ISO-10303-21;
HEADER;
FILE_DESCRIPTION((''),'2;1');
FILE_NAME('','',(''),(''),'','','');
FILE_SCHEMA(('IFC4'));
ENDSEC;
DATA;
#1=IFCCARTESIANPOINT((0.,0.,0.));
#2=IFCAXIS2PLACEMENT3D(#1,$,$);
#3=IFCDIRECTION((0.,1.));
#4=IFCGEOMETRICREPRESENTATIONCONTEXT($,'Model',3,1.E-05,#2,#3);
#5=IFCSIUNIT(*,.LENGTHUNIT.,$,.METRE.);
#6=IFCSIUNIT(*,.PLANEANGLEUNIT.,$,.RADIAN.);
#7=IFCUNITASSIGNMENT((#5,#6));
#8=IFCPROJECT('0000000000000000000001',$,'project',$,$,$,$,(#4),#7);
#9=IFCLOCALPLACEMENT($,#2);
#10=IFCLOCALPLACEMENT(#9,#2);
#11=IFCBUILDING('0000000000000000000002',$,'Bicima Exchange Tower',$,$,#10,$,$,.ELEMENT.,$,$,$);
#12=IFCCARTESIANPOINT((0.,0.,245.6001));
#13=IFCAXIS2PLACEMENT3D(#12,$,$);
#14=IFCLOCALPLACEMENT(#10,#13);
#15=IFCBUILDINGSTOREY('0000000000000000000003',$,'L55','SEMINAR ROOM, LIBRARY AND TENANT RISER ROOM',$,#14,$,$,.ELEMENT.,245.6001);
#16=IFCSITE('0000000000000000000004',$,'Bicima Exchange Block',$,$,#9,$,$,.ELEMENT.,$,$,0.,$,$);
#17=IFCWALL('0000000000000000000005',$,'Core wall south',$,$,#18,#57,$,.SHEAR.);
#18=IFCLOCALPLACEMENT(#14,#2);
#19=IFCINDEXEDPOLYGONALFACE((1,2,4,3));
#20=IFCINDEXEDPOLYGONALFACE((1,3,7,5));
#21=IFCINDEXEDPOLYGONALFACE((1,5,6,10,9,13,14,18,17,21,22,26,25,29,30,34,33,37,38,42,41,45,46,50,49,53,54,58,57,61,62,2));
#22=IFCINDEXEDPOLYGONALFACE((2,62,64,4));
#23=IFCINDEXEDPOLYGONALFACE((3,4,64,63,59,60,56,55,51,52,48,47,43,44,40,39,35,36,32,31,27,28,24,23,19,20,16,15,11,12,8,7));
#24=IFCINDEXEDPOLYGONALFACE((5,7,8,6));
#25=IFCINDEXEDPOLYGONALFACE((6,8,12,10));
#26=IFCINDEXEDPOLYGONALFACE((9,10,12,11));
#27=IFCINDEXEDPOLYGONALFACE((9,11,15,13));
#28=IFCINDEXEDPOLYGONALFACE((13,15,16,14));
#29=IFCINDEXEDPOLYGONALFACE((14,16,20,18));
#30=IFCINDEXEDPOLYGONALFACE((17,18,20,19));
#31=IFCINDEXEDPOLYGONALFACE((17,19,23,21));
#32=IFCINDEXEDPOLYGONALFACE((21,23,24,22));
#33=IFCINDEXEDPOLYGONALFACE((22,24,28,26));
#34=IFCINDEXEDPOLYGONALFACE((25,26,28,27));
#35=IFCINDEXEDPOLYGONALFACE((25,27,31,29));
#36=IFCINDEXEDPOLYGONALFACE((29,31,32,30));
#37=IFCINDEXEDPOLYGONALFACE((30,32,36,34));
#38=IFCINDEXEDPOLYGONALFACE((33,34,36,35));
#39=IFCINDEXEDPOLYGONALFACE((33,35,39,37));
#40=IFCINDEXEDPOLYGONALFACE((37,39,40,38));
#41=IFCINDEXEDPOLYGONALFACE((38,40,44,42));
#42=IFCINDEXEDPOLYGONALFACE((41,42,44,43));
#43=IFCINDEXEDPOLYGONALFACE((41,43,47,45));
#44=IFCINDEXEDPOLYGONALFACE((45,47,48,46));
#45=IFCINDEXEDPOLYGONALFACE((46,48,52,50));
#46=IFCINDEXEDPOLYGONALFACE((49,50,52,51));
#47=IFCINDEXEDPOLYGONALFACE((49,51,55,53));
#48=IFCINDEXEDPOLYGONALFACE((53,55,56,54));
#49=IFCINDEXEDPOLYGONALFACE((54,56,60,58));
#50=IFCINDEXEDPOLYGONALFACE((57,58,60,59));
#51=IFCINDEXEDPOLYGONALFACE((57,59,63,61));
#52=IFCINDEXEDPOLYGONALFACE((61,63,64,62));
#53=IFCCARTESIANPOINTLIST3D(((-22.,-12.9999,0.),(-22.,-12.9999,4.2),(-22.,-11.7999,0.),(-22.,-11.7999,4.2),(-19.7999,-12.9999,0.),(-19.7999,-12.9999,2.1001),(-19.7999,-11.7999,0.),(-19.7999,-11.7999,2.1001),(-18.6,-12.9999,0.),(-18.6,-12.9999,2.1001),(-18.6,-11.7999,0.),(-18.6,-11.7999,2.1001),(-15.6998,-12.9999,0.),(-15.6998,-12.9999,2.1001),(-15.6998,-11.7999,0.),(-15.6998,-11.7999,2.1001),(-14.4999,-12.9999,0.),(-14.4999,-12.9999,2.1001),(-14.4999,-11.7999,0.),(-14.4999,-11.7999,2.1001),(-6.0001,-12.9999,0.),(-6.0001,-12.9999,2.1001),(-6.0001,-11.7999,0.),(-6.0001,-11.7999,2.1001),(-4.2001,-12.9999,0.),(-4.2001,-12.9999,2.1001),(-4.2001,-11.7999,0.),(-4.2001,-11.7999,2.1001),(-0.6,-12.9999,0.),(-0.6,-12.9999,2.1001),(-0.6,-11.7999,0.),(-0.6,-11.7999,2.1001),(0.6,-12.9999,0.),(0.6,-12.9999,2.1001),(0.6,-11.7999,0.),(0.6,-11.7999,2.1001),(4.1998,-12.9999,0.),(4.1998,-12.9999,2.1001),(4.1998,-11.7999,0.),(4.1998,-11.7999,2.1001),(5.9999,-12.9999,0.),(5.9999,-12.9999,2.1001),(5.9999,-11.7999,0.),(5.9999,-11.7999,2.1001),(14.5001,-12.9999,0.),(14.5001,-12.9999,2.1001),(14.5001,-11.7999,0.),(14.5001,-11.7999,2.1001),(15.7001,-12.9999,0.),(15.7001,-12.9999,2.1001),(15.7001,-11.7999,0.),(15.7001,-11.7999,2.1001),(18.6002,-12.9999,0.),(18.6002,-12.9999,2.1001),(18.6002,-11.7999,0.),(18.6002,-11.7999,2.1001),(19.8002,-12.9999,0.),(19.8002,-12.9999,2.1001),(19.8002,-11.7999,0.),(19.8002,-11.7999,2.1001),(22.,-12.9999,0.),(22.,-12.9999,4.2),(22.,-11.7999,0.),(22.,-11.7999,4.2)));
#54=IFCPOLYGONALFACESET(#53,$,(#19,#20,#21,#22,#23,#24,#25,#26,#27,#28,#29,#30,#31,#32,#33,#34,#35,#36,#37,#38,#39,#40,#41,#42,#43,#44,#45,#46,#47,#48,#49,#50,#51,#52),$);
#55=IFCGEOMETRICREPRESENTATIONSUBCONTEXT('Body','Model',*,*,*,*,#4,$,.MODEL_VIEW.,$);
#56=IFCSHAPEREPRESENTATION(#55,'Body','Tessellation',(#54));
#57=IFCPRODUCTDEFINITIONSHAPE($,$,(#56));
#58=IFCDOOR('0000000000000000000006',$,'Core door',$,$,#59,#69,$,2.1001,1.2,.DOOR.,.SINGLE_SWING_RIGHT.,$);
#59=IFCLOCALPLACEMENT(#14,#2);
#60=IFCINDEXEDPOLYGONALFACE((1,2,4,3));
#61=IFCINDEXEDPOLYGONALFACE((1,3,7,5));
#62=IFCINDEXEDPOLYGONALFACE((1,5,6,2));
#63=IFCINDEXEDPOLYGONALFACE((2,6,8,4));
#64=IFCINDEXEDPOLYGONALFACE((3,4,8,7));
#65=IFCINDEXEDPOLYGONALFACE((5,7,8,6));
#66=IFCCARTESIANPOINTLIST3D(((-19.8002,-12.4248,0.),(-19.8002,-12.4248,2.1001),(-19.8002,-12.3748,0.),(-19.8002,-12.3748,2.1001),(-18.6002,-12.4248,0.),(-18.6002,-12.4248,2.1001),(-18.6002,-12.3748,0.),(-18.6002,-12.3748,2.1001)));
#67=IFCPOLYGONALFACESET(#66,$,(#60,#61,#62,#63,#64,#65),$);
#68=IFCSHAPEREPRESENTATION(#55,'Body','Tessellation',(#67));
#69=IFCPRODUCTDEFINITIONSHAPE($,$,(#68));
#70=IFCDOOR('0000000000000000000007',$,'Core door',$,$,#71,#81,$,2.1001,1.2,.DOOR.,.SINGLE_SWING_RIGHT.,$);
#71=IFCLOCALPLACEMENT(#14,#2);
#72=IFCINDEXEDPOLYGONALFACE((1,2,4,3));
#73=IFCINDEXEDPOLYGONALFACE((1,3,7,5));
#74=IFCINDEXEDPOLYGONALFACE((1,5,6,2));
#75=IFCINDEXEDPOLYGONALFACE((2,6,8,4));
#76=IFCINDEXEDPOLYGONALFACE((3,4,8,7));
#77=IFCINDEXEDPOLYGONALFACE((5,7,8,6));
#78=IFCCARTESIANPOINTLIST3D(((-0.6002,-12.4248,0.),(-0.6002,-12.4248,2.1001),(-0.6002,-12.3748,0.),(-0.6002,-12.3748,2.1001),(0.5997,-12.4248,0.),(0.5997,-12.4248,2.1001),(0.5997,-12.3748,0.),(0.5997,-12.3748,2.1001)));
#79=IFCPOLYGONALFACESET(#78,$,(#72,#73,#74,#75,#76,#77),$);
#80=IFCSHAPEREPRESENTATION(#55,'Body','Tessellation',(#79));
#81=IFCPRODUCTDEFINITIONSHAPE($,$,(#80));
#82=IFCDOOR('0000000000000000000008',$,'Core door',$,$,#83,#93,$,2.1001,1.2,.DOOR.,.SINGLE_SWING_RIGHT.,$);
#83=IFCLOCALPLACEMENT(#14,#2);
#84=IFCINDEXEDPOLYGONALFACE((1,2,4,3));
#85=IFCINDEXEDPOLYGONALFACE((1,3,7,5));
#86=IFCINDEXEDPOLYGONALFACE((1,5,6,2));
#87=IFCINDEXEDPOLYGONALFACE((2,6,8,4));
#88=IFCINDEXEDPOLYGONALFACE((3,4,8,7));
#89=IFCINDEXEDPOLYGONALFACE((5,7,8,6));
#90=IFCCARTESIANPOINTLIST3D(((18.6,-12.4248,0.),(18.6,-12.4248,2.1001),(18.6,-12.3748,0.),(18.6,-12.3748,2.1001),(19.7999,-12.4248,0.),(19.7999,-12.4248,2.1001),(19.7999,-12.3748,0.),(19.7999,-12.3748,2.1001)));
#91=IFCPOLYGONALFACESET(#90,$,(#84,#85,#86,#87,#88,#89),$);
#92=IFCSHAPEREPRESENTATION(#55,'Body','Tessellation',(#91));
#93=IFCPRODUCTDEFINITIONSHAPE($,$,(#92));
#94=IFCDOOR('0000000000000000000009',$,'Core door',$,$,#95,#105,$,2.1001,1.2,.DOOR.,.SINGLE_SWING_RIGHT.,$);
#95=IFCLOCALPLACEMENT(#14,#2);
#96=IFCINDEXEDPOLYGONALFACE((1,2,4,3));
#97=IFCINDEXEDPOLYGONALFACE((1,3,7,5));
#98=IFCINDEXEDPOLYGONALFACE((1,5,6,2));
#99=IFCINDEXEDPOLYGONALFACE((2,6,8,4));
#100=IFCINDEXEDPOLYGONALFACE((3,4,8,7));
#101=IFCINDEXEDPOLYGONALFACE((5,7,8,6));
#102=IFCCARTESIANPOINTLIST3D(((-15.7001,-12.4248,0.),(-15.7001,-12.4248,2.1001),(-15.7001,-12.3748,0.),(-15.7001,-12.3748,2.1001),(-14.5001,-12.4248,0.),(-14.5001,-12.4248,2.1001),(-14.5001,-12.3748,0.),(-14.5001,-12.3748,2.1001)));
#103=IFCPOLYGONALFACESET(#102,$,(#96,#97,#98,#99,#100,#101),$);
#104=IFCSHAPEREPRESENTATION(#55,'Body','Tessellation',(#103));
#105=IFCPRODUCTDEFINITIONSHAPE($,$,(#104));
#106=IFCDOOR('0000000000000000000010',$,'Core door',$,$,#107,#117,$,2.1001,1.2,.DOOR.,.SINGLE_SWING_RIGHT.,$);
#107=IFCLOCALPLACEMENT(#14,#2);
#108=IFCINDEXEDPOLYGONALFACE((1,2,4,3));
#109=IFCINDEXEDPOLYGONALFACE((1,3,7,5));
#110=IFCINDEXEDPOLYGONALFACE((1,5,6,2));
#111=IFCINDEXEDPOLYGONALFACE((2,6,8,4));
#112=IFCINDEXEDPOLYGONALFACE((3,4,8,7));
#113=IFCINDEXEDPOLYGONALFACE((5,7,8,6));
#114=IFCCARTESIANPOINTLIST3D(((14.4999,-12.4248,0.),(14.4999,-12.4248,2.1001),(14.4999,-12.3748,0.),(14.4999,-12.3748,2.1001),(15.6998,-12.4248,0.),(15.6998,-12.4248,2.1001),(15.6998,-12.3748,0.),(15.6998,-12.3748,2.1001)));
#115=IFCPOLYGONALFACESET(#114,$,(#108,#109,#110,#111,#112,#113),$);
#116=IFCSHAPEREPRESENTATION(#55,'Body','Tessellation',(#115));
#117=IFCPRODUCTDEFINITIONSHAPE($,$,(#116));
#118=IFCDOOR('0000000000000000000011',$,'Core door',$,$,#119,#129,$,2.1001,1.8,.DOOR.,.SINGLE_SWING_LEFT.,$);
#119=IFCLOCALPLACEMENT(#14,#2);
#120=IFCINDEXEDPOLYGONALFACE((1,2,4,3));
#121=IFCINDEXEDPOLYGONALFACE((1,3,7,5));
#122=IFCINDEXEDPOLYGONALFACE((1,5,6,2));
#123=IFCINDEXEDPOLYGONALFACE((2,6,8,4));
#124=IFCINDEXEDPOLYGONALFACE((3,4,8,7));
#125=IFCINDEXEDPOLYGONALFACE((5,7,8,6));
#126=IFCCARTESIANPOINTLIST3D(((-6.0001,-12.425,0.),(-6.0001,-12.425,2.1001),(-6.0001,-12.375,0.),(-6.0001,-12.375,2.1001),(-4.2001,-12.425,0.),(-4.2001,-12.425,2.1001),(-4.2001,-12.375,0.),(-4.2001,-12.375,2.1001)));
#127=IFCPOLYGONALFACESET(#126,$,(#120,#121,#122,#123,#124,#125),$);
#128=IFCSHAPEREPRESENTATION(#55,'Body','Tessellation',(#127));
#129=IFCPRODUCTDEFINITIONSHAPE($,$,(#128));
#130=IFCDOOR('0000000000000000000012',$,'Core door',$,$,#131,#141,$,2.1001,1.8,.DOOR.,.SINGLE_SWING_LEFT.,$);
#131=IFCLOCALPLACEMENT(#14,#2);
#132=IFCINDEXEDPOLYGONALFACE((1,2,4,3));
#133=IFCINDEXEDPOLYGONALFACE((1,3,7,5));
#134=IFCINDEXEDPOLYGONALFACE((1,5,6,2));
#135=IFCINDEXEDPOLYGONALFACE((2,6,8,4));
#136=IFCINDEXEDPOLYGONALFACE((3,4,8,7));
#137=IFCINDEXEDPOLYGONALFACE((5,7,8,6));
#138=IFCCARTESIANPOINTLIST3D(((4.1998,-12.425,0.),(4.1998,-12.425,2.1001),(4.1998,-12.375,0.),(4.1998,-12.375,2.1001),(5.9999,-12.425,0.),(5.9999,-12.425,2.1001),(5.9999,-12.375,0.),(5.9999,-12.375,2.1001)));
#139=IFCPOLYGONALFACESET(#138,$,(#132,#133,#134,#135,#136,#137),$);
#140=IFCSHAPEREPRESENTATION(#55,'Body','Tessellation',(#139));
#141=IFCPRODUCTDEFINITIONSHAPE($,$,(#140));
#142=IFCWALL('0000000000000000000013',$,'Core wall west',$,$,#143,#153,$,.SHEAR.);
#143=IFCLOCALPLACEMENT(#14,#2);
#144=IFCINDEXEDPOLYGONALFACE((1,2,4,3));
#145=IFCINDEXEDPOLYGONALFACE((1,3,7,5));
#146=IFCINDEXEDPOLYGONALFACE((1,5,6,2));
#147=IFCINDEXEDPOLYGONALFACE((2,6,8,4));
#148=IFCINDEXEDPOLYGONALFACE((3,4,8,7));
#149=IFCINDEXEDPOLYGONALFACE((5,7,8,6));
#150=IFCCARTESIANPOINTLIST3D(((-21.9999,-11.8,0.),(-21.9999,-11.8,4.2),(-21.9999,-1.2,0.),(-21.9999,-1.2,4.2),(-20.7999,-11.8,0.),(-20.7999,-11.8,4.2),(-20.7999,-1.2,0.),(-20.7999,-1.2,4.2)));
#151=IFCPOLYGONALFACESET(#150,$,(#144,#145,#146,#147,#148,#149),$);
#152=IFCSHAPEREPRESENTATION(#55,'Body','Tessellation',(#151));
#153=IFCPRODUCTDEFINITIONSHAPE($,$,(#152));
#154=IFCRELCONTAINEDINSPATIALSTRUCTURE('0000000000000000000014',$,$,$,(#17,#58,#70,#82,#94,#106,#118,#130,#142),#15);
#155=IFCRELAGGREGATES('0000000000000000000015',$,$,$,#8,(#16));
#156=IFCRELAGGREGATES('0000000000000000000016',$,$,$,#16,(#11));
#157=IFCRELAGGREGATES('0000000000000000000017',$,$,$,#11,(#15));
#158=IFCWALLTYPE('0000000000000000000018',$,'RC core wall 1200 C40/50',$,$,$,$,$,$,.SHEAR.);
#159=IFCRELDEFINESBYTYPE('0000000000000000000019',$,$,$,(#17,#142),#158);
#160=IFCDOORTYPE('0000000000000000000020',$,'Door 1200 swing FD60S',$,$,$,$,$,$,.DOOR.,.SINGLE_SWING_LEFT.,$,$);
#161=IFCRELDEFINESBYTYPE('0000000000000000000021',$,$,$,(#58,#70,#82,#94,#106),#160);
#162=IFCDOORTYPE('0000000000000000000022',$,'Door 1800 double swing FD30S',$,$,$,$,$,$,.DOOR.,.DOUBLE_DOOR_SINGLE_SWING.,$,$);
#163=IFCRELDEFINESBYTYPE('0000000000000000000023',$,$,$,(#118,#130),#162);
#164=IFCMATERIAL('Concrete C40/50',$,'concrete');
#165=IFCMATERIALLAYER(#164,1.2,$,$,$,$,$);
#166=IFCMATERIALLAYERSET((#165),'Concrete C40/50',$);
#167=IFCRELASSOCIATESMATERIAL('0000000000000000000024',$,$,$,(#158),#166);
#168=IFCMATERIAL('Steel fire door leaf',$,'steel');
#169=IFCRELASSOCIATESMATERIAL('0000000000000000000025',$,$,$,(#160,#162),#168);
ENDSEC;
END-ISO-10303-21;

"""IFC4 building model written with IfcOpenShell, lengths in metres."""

from ifc_helpers import new_model, si_unit, direction, frame, frame_2d, origin, place, context, subcontext, project, spatial, rectangle, extrude, material, layer, layer_set, type_object, element, fill, save


model = new_model("IFC4")

# Units and contexts
model_context = context("Model", 3, precision=1e-05, world=origin(), true_north=direction((0.0, 1.0)))
body_context = subcontext(model_context, "Body", "Model", "MODEL_VIEW")
ifc_project = project(units=[si_unit("LENGTHUNIT", "METRE"), si_unit("PLANEANGLEUNIT", "RADIAN")], contexts=[model_context])

# Site, building, storey
site_placement = place(None, origin())
site = spatial("IfcSite", under=ifc_project, at=site_placement, Name="Bicima Exchange Block", CompositionType="ELEMENT", RefElevation=0.0)
building_placement = place(site_placement, origin())
building = spatial("IfcBuilding", under=site, at=building_placement, Name="Bicima Exchange Tower", CompositionType="ELEMENT")
storey_placement = place(building_placement, frame((0.0, 0.0, 245.6001)))
storey = spatial("IfcBuildingStorey", under=building, at=storey_placement, Name="L55", Description="SEMINAR ROOM, LIBRARY AND TENANT RISER ROOM", CompositionType="ELEMENT", Elevation=245.6001)

# Wall, openings, doors
ifc_material_1 = material(Name="Concrete C40/50", Category="concrete")
ifc_layer_1 = layer(ifc_material_1, 1.2)
ifc_layer_set_1 = layer_set([ifc_layer_1], Name="Concrete C40/50")
wall_type_1 = type_object("IfcWallType", Name="RC core wall 1200 C40/50", PredefinedType="SHEAR", material=ifc_layer_set_1)
wall_1_placement = place(storey_placement, frame((-22.0, -12.3999, 0.0), z_axis=(0.0, 0.0, 1.0), x_axis=(1.0, 0.0, 0.0)))
wall_1 = element("IfcWall", 1, at=wall_1_placement, inside=storey, type_object=wall_type_1, Name="Core wall south", PredefinedType="SHEAR", context=body_context, shape_type="SweptSolid", body=[
    extrude(rectangle(XDim=44.0, YDim=1.2, at=frame_2d((22.0, 0.0))), origin(), (0.0, 0.0, 1.0), 4.2),
])
opening_1_placement = place(wall_1_placement, frame((2.2, 0.0, 0.0)))
opening_1 = element("IfcOpeningElement", 2, at=opening_1_placement, cuts=wall_1, PredefinedType="OPENING", context=body_context, shape_type="SweptSolid", body=[
    extrude(rectangle(XDim=1.2, YDim=2.1001, at=frame_2d((0.6001, 1.05))), frame((0.0, 0.6118, 0.0), z_axis=(0.0, -1.0, 0.0), x_axis=(1.0, 0.0, 0.0)), (0.0, 0.0, 1.0), 1.2239),
])
opening_2_placement = place(wall_1_placement, frame((21.3999, 0.0, 0.0)))
opening_2 = element("IfcOpeningElement", 3, at=opening_2_placement, cuts=wall_1, PredefinedType="OPENING", context=body_context, shape_type="SweptSolid", body=[
    extrude(rectangle(XDim=1.2, YDim=2.1001, at=frame_2d((0.6001, 1.05))), frame((0.0, 0.6118, 0.0), z_axis=(0.0, -1.0, 0.0), x_axis=(1.0, 0.0, 0.0)), (0.0, 0.0, 1.0), 1.2239),
])
opening_3_placement = place(wall_1_placement, frame((40.6001, 0.0, 0.0)))
opening_3 = element("IfcOpeningElement", 4, at=opening_3_placement, cuts=wall_1, PredefinedType="OPENING", context=body_context, shape_type="SweptSolid", body=[
    extrude(rectangle(XDim=1.2, YDim=2.1001, at=frame_2d((0.6001, 1.05))), frame((0.0, 0.6118, 0.0), z_axis=(0.0, -1.0, 0.0), x_axis=(1.0, 0.0, 0.0)), (0.0, 0.0, 1.0), 1.2239),
])
opening_4_placement = place(wall_1_placement, frame((16.0, 0.0, 0.0)))
opening_4 = element("IfcOpeningElement", 5, at=opening_4_placement, cuts=wall_1, PredefinedType="OPENING", context=body_context, shape_type="SweptSolid", body=[
    extrude(rectangle(XDim=1.8, YDim=2.1001, at=frame_2d((0.8999, 1.05))), frame((0.0, 0.6118, 0.0), z_axis=(0.0, -1.0, 0.0), x_axis=(1.0, 0.0, 0.0)), (0.0, 0.0, 1.0), 1.2239),
])
opening_5_placement = place(wall_1_placement, frame((6.3, 0.0, 0.0)))
opening_5 = element("IfcOpeningElement", 6, at=opening_5_placement, cuts=wall_1, PredefinedType="OPENING", context=body_context, shape_type="SweptSolid", body=[
    extrude(rectangle(XDim=1.2, YDim=2.1001, at=frame_2d((0.6001, 1.05))), frame((0.0, 0.6118, 0.0), z_axis=(0.0, -1.0, 0.0), x_axis=(1.0, 0.0, 0.0)), (0.0, 0.0, 1.0), 1.2239),
])
opening_6_placement = place(wall_1_placement, frame((26.2, 0.0, 0.0)))
opening_6 = element("IfcOpeningElement", 7, at=opening_6_placement, cuts=wall_1, PredefinedType="OPENING", context=body_context, shape_type="SweptSolid", body=[
    extrude(rectangle(XDim=1.8, YDim=2.1001, at=frame_2d((0.8999, 1.05))), frame((0.0, 0.6118, 0.0), z_axis=(0.0, -1.0, 0.0), x_axis=(1.0, 0.0, 0.0)), (0.0, 0.0, 1.0), 1.2239),
])
opening_7_placement = place(wall_1_placement, frame((36.5, 0.0, 0.0)))
opening_7 = element("IfcOpeningElement", 8, at=opening_7_placement, cuts=wall_1, PredefinedType="OPENING", context=body_context, shape_type="SweptSolid", body=[
    extrude(rectangle(XDim=1.2, YDim=2.1001, at=frame_2d((0.6001, 1.05))), frame((0.0, 0.6118, 0.0), z_axis=(0.0, -1.0, 0.0), x_axis=(1.0, 0.0, 0.0)), (0.0, 0.0, 1.0), 1.2239),
])
ifc_material_2 = material(Name="Steel fire door leaf", Category="steel")
door_type_1 = type_object("IfcDoorType", Name="Door 1200 swing FD60S", OperationType="SINGLE_SWING_LEFT", PredefinedType="DOOR", material=ifc_material_2)
door_1_placement = place(opening_1_placement, frame((1.2, 0.0, 0.0), z_axis=(0.0, 0.0, 1.0), x_axis=(-1.0, 0.0, 0.0)))
door_1 = element("IfcDoor", 9, at=door_1_placement, inside=storey, type_object=door_type_1, Name="Core door", OperationType="SINGLE_SWING_RIGHT", OverallHeight=2.1001, OverallWidth=1.2, PredefinedType="DOOR", context=body_context, shape_type="SweptSolid", body=[
    extrude(rectangle(XDim=1.2, YDim=2.1001, at=frame_2d((0.6001, 1.05))), frame((0.0, 0.0249, 0.0), z_axis=(0.0, -1.0, 0.0), x_axis=(1.0, 0.0, 0.0)), (0.0, 0.0, 1.0), 0.05),
])
fill(opening_1, door_1)
door_2_placement = place(opening_2_placement, frame((1.2, 0.0, 0.0), z_axis=(0.0, 0.0, 1.0), x_axis=(-1.0, 0.0, 0.0)))
door_2 = element("IfcDoor", 10, at=door_2_placement, inside=storey, type_object=door_type_1, Name="Core door", OperationType="SINGLE_SWING_RIGHT", OverallHeight=2.1001, OverallWidth=1.2, PredefinedType="DOOR", context=body_context, shape_type="SweptSolid", body=[
    extrude(rectangle(XDim=1.2, YDim=2.1001, at=frame_2d((0.6001, 1.05))), frame((0.0, 0.0249, 0.0), z_axis=(0.0, -1.0, 0.0), x_axis=(1.0, 0.0, 0.0)), (0.0, 0.0, 1.0), 0.05),
])
fill(opening_2, door_2)
door_3_placement = place(opening_3_placement, frame((1.2, 0.0, 0.0), z_axis=(0.0, 0.0, 1.0), x_axis=(-1.0, 0.0, 0.0)))
door_3 = element("IfcDoor", 11, at=door_3_placement, inside=storey, type_object=door_type_1, Name="Core door", OperationType="SINGLE_SWING_RIGHT", OverallHeight=2.1001, OverallWidth=1.2, PredefinedType="DOOR", context=body_context, shape_type="SweptSolid", body=[
    extrude(rectangle(XDim=1.2, YDim=2.1001, at=frame_2d((0.6001, 1.05))), frame((0.0, 0.0249, 0.0), z_axis=(0.0, -1.0, 0.0), x_axis=(1.0, 0.0, 0.0)), (0.0, 0.0, 1.0), 0.05),
])
fill(opening_3, door_3)
door_4_placement = place(opening_5_placement, frame((1.2, 0.0, 0.0), z_axis=(0.0, 0.0, 1.0), x_axis=(-1.0, 0.0, 0.0)))
door_4 = element("IfcDoor", 12, at=door_4_placement, inside=storey, type_object=door_type_1, Name="Core door", OperationType="SINGLE_SWING_RIGHT", OverallHeight=2.1001, OverallWidth=1.2, PredefinedType="DOOR", context=body_context, shape_type="SweptSolid", body=[
    extrude(rectangle(XDim=1.2, YDim=2.1001, at=frame_2d((0.6001, 1.05))), frame((0.0, 0.0249, 0.0), z_axis=(0.0, -1.0, 0.0), x_axis=(1.0, 0.0, 0.0)), (0.0, 0.0, 1.0), 0.05),
])
fill(opening_5, door_4)
door_5_placement = place(opening_7_placement, frame((1.2, 0.0, 0.0), z_axis=(0.0, 0.0, 1.0), x_axis=(-1.0, 0.0, 0.0)))
door_5 = element("IfcDoor", 13, at=door_5_placement, inside=storey, type_object=door_type_1, Name="Core door", OperationType="SINGLE_SWING_RIGHT", OverallHeight=2.1001, OverallWidth=1.2, PredefinedType="DOOR", context=body_context, shape_type="SweptSolid", body=[
    extrude(rectangle(XDim=1.2, YDim=2.1001, at=frame_2d((0.6001, 1.05))), frame((0.0, 0.0249, 0.0), z_axis=(0.0, -1.0, 0.0), x_axis=(1.0, 0.0, 0.0)), (0.0, 0.0, 1.0), 0.05),
])
fill(opening_7, door_5)
door_type_2 = type_object("IfcDoorType", Name="Door 1800 double swing FD30S", OperationType="DOUBLE_DOOR_SINGLE_SWING", PredefinedType="DOOR", material=ifc_material_2)
door_6_placement = place(opening_4_placement, origin())
door_6 = element("IfcDoor", 14, at=door_6_placement, inside=storey, type_object=door_type_2, Name="Core door", OperationType="SINGLE_SWING_LEFT", OverallHeight=2.1001, OverallWidth=1.8, PredefinedType="DOOR", context=body_context, shape_type="SweptSolid", body=[
    extrude(rectangle(XDim=1.8, YDim=2.1001, at=frame_2d((0.8999, 1.05))), frame((0.0, 0.0249, 0.0), z_axis=(0.0, -1.0, 0.0), x_axis=(1.0, 0.0, 0.0)), (0.0, 0.0, 1.0), 0.05),
])
fill(opening_4, door_6)
door_7_placement = place(opening_6_placement, origin())
door_7 = element("IfcDoor", 15, at=door_7_placement, inside=storey, type_object=door_type_2, Name="Core door", OperationType="SINGLE_SWING_LEFT", OverallHeight=2.1001, OverallWidth=1.8, PredefinedType="DOOR", context=body_context, shape_type="SweptSolid", body=[
    extrude(rectangle(XDim=1.8, YDim=2.1001, at=frame_2d((0.8999, 1.05))), frame((0.0, 0.0249, 0.0), z_axis=(0.0, -1.0, 0.0), x_axis=(1.0, 0.0, 0.0)), (0.0, 0.0, 1.0), 0.05),
])
fill(opening_6, door_7)

# Wall
wall_2_placement = place(storey_placement, frame((-21.3999, -11.8, 0.0), z_axis=(0.0, 0.0, 1.0), x_axis=(0.0, 1.0, 0.0)))
element("IfcWall", 16, at=wall_2_placement, inside=storey, type_object=wall_type_1, Name="Core wall west", PredefinedType="SHEAR", context=body_context, shape_type="SweptSolid", body=[
    extrude(rectangle(XDim=10.6001, YDim=1.2, at=frame_2d((5.3, 0.0))), origin(), (0.0, 0.0, 1.0), 4.2),
])

save(model, "model.ifc")
